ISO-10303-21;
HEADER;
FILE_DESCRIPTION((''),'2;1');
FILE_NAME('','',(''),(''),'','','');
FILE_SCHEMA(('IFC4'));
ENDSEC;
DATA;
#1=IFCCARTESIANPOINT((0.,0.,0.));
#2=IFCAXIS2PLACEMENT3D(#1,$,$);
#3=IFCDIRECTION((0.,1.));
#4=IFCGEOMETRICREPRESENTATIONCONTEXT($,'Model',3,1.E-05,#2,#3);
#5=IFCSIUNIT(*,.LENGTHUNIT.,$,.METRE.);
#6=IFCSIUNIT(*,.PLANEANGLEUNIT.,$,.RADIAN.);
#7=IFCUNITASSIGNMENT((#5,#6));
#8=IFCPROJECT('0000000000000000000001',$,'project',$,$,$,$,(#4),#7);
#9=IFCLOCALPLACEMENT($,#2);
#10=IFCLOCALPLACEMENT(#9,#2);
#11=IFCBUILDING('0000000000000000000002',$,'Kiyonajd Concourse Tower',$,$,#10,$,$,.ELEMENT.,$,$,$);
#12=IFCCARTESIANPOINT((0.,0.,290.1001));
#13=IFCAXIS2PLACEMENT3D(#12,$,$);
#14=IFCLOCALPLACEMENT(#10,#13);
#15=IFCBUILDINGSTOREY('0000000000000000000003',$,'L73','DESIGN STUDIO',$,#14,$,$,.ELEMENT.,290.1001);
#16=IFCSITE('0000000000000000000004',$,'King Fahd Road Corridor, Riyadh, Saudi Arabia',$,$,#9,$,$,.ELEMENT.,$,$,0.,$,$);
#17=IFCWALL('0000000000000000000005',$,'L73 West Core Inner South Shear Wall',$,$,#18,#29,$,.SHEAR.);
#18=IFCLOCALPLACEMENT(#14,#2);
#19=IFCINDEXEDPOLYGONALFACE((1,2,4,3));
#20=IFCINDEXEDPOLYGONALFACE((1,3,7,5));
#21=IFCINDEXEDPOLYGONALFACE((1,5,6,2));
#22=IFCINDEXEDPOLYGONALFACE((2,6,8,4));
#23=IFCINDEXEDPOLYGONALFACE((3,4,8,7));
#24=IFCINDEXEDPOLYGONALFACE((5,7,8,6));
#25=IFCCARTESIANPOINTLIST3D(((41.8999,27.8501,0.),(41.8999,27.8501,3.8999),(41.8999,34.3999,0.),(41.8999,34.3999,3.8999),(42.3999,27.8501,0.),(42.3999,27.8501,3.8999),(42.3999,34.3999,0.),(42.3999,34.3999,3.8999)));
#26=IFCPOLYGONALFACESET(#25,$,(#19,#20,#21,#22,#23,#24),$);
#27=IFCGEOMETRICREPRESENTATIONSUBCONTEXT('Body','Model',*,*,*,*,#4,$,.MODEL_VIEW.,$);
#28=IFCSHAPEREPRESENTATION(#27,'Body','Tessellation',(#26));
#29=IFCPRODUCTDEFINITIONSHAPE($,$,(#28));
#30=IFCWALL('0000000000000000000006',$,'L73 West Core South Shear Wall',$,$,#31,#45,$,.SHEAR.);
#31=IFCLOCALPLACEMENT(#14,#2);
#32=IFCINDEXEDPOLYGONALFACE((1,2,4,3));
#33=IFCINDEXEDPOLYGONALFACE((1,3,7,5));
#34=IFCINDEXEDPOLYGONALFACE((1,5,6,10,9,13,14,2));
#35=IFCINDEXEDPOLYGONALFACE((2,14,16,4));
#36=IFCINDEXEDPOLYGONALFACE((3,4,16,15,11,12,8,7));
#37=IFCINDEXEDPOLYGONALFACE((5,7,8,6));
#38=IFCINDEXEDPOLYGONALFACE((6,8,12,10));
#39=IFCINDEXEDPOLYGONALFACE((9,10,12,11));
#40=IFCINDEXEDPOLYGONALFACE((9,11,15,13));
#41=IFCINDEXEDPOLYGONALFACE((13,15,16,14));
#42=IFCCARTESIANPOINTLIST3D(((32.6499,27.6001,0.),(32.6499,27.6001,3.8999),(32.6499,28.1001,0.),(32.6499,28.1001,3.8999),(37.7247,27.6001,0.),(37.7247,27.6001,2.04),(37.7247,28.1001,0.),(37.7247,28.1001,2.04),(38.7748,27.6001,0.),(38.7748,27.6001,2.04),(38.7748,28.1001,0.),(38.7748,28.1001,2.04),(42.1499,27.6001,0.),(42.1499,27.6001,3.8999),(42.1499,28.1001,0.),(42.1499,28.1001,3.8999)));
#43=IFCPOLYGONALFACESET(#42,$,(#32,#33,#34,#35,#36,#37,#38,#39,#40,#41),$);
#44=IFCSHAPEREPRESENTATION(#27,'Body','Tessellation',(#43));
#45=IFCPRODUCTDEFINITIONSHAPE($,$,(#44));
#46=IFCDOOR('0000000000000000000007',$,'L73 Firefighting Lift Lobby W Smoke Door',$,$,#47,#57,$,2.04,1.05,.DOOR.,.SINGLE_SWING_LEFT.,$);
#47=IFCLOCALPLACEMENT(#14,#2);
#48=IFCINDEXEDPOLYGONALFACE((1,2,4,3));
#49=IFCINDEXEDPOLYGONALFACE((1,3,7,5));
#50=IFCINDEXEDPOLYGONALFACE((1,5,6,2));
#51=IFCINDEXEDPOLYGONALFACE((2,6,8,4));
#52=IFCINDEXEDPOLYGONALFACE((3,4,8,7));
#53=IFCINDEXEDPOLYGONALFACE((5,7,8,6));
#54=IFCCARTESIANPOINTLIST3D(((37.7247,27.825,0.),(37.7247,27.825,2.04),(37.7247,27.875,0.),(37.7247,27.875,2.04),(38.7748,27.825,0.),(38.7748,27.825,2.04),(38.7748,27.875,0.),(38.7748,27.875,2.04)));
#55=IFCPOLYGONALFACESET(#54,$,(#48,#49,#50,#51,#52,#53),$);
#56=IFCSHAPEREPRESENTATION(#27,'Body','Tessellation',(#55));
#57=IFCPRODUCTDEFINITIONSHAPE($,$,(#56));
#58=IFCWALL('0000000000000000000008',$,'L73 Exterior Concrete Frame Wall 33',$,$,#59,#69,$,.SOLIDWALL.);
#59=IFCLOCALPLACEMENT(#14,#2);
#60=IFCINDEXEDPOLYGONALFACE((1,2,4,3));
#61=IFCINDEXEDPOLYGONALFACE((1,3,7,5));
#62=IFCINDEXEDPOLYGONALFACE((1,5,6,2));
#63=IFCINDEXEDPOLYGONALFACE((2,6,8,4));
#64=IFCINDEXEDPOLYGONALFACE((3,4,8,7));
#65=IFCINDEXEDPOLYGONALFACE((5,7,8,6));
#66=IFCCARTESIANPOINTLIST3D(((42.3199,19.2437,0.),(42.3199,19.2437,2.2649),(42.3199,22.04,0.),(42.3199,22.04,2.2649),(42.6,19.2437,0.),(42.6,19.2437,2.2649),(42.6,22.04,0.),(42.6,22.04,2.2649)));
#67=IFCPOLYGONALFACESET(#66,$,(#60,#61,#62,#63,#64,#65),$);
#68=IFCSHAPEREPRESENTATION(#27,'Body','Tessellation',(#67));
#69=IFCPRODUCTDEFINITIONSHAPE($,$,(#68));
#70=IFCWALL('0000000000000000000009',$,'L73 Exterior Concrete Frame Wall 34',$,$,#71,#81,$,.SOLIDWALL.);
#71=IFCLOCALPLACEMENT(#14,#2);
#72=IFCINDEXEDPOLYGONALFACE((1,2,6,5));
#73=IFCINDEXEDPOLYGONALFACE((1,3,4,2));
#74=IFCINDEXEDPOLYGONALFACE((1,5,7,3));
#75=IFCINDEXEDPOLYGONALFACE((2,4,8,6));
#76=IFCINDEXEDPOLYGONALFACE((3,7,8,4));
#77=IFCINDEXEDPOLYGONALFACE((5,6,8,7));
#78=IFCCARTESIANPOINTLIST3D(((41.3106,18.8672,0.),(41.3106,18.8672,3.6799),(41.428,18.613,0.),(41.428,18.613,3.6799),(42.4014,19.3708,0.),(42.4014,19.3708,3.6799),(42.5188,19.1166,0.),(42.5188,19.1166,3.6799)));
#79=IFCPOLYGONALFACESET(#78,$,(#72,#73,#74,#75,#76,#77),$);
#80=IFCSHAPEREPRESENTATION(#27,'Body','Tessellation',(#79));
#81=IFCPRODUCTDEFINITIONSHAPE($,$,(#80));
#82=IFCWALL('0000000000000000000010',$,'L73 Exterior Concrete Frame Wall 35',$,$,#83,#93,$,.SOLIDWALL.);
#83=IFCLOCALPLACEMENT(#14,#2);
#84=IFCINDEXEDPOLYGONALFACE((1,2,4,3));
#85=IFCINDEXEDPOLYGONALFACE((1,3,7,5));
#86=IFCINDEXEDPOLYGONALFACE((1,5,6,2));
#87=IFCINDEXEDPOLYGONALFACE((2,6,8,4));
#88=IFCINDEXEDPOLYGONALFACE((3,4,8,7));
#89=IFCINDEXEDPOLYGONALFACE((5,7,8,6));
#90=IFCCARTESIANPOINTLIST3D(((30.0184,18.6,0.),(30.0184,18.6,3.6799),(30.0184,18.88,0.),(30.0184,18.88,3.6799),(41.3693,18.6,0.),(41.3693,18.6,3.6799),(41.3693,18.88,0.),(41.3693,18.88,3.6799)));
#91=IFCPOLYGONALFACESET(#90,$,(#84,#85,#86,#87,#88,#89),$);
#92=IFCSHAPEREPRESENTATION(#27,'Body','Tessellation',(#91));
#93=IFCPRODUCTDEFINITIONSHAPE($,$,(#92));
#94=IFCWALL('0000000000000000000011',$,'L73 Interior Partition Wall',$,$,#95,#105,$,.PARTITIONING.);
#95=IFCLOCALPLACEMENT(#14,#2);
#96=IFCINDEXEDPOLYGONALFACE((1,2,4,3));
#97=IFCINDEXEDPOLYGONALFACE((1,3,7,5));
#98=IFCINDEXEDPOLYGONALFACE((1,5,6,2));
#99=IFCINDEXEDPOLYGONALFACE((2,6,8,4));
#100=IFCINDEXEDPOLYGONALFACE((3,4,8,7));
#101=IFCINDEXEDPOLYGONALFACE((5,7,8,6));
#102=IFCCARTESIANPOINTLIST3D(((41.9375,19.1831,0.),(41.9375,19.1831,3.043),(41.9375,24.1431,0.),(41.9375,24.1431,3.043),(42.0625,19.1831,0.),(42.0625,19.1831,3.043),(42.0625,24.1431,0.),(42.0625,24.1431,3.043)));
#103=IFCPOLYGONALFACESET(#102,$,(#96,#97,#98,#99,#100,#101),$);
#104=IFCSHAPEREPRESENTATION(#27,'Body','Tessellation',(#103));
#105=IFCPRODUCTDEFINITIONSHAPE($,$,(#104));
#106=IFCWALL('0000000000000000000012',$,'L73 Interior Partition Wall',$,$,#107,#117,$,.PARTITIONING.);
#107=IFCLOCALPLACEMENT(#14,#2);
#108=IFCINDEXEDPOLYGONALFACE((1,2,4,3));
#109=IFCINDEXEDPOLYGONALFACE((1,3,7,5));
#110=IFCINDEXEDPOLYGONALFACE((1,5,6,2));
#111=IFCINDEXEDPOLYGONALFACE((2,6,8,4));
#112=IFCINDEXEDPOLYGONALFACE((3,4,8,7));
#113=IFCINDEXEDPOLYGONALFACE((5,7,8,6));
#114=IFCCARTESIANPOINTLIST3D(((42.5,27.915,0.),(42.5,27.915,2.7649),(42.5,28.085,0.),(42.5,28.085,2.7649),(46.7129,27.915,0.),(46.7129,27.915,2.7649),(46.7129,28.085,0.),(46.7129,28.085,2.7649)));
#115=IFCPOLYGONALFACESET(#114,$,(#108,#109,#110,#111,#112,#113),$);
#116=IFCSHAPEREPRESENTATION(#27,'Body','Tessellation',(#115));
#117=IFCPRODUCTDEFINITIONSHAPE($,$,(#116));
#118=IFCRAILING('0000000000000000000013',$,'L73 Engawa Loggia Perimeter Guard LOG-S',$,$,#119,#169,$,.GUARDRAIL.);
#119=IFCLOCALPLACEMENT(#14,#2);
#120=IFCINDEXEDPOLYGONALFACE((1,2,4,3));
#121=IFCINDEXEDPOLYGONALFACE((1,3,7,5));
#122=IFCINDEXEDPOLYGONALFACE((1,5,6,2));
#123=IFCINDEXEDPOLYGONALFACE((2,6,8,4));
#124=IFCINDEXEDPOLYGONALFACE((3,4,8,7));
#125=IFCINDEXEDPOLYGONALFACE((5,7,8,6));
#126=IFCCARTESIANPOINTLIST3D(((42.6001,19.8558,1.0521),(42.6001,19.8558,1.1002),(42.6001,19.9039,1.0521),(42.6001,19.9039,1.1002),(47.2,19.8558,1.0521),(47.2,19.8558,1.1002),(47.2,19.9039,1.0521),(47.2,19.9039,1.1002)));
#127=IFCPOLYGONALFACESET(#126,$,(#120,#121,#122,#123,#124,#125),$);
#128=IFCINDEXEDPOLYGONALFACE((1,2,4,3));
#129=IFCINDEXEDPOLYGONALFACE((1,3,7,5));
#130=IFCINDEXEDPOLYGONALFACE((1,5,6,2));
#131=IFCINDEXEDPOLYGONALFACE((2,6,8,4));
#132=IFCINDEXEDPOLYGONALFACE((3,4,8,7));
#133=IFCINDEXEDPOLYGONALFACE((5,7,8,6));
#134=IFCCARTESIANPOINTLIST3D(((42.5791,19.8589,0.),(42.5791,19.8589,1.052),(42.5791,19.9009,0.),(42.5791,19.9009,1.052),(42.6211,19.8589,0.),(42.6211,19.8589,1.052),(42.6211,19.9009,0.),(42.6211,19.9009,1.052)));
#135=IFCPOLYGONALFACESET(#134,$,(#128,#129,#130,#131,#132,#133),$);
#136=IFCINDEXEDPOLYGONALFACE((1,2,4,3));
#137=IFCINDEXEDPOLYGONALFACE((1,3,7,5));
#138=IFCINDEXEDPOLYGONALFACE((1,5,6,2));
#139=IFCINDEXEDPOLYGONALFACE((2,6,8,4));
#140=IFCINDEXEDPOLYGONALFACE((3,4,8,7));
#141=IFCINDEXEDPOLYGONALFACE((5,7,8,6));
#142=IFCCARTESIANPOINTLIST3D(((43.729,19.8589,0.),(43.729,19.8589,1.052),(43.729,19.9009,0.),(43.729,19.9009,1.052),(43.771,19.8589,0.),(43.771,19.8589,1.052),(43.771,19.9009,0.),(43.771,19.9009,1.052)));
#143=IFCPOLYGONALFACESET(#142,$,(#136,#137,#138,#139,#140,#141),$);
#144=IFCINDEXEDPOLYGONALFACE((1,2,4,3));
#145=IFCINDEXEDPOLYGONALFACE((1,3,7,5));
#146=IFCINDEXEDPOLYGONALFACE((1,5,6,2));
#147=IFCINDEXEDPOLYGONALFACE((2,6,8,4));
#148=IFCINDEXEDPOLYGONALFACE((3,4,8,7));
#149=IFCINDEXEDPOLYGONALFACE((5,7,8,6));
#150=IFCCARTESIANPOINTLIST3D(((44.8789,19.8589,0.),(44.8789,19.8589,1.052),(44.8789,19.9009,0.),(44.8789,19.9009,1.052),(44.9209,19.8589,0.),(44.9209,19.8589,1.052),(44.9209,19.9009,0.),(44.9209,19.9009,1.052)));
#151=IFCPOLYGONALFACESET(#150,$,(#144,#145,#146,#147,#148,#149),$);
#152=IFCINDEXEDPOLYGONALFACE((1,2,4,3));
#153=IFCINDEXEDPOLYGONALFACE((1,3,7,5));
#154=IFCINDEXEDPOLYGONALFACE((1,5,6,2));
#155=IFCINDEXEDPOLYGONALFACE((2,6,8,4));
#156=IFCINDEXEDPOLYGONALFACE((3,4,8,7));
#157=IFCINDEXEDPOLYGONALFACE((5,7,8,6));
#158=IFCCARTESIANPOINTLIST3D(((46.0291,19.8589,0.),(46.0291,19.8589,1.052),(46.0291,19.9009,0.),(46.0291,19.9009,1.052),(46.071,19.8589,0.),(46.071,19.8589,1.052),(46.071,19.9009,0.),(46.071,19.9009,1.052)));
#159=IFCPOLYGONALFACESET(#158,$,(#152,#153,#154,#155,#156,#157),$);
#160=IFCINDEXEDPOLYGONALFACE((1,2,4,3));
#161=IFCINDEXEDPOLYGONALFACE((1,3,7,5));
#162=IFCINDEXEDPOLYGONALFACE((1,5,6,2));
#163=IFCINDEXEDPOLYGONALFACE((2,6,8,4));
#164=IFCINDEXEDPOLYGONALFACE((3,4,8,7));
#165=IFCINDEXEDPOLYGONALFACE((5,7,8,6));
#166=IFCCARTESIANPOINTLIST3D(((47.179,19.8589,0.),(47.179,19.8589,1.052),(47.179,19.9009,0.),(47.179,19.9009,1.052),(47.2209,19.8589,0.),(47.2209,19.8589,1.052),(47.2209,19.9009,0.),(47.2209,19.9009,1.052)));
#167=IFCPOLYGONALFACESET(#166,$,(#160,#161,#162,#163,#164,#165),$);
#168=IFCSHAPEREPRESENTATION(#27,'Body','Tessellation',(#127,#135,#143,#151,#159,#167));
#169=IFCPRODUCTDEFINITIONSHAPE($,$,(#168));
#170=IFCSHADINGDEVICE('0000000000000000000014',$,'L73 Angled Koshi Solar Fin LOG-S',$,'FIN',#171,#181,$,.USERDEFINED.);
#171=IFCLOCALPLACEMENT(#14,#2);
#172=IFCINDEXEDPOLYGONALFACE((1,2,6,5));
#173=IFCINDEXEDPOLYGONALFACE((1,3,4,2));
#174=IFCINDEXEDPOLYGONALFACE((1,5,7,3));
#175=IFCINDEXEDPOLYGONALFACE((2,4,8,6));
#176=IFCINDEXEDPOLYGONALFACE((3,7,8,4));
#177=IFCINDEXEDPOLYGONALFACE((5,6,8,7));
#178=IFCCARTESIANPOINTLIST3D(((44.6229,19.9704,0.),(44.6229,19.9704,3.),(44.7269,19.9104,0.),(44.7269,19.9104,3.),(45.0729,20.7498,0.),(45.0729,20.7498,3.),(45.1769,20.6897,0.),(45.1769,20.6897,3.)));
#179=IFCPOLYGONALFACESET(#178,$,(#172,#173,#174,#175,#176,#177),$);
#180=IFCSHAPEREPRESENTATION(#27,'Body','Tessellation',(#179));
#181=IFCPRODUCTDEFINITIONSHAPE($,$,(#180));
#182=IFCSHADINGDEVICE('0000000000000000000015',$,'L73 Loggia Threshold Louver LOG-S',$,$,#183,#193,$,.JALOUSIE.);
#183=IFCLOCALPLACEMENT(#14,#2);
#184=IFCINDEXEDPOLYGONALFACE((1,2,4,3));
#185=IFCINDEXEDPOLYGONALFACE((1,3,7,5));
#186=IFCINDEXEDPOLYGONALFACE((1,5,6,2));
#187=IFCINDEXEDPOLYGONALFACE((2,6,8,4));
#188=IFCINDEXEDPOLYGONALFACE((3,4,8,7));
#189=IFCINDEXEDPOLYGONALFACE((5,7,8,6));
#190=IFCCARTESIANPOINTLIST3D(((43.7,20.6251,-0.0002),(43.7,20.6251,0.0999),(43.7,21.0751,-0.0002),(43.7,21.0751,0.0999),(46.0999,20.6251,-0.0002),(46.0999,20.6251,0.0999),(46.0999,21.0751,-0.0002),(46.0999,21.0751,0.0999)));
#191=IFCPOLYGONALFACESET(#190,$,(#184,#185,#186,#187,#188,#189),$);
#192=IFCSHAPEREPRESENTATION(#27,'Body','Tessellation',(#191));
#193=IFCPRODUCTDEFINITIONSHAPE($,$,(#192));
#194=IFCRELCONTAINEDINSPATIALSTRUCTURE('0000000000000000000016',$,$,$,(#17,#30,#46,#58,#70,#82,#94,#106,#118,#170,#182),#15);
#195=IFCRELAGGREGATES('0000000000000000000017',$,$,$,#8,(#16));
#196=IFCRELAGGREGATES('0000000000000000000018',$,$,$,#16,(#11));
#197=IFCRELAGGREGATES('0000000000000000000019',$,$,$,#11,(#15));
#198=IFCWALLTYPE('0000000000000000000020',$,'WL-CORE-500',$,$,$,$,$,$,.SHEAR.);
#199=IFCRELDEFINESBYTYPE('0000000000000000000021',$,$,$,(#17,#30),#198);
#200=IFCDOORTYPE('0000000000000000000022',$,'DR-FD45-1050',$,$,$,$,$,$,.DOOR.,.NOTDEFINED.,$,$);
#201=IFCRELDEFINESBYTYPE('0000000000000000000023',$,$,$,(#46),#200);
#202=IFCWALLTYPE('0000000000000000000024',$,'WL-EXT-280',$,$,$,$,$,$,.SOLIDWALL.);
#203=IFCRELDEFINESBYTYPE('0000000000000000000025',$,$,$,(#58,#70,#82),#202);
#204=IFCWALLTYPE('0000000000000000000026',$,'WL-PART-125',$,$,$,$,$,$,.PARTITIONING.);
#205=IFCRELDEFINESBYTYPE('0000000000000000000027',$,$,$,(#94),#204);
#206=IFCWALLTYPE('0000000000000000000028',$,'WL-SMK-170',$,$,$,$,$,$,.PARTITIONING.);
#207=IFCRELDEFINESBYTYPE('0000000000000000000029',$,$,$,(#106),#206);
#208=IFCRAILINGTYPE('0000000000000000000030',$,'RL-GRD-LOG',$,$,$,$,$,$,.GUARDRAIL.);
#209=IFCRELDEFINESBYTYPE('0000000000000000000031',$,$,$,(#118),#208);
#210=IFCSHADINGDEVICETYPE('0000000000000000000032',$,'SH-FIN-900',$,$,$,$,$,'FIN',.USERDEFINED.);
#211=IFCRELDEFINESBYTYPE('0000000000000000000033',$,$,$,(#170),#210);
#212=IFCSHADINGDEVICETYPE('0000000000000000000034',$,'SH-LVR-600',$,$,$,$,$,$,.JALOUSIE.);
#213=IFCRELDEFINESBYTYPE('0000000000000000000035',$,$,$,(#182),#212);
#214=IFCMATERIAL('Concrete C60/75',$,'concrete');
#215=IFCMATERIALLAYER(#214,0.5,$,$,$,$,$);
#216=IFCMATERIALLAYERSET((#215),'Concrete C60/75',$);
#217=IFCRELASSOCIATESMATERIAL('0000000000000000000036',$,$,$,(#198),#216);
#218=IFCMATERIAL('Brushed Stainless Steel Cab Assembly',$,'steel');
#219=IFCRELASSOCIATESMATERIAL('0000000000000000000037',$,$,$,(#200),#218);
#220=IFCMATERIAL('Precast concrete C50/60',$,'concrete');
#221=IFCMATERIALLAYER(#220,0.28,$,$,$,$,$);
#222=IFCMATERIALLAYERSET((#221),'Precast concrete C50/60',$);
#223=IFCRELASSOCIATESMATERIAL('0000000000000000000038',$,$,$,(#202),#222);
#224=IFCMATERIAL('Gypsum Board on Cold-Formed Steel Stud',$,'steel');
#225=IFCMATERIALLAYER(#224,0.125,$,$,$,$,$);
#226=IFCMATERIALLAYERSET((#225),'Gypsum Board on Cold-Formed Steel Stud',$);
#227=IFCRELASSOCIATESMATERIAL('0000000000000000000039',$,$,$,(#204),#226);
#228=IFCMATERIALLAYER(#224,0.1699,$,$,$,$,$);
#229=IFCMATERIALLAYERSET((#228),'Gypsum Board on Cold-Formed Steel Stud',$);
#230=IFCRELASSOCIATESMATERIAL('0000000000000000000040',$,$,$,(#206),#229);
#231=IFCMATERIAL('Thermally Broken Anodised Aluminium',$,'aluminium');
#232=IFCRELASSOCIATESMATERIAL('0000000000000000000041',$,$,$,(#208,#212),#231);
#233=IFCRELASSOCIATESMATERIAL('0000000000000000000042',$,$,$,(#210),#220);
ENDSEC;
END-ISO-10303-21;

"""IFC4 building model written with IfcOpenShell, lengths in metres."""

from ifc_helpers import new_model, si_unit, direction, frame, frame_2d, origin, origin_2d, place, context, subcontext, project, spatial, rectangle, extrude, material, layer, layer_set, type_object, element, fill, save


model = new_model("IFC4")

# Units and contexts
model_context = context("Model", 3, precision=1e-05, world=origin(), true_north=direction((0.0, 1.0)))
body_context = subcontext(model_context, "Body", "Model", "MODEL_VIEW")
ifc_project = project(units=[si_unit("LENGTHUNIT", "METRE"), si_unit("PLANEANGLEUNIT", "RADIAN")], contexts=[model_context])

# Site, building, storey
site_placement = place(None, origin())
site = spatial("IfcSite", under=ifc_project, at=site_placement, Name="King Fahd Road Corridor, Riyadh, Saudi Arabia", CompositionType="ELEMENT", RefElevation=0.0)
building_placement = place(site_placement, origin())
building = spatial("IfcBuilding", under=site, at=building_placement, Name="Kiyonajd Concourse Tower", CompositionType="ELEMENT")
storey_placement = place(building_placement, frame((0.0, 0.0, 290.1001)))
storey = spatial("IfcBuildingStorey", under=building, at=storey_placement, Name="L73", Description="DESIGN STUDIO", CompositionType="ELEMENT", Elevation=290.1001)

# Shared definitions
ifc_material_1 = material(Name="Concrete C60/75", Category="concrete")

# Shared definitions
ifc_material_2 = material(Name="Thermally Broken Anodised Aluminium", Category="aluminium")

# Wall
ifc_layer_1 = layer(ifc_material_1, 0.5)
ifc_layer_set_1 = layer_set([ifc_layer_1], Name="Concrete C60/75")
wall_type_1 = type_object("IfcWallType", Name="WL-CORE-500", PredefinedType="SHEAR", material=ifc_layer_set_1)
wall_1_placement = place(storey_placement, frame((42.1499, 27.8501, 0.0), z_axis=(0.0, 0.0, 1.0), x_axis=(0.0, 1.0, 0.0)))
element("IfcWall", 1, at=wall_1_placement, inside=storey, type_object=wall_type_1, Name="L73 West Core Inner South Shear Wall", PredefinedType="SHEAR", context=body_context, shape_type="SweptSolid", body=[
    extrude(rectangle(XDim=6.5498, YDim=0.5, at=frame_2d((3.2749, 0.0))), origin(), (0.0, 0.0, 1.0), 3.8999),
])

# Wall, opening, door
wall_2_placement = place(storey_placement, frame((32.6499, 27.8501, 0.0), z_axis=(0.0, 0.0, 1.0), x_axis=(1.0, 0.0, 0.0)))
wall_2 = element("IfcWall", 2, at=wall_2_placement, inside=storey, type_object=wall_type_1, Name="L73 West Core South Shear Wall", PredefinedType="SHEAR", context=body_context, shape_type="SweptSolid", body=[
    extrude(rectangle(XDim=9.5, YDim=0.5, at=frame_2d((4.75, 0.0))), origin(), (0.0, 0.0, 1.0), 3.8999),
])
opening_placement = place(wall_2_placement, frame((5.075, 0.0, 0.0)))
opening = element("IfcOpeningElement", 3, at=opening_placement, cuts=wall_2, PredefinedType="OPENING", context=body_context, shape_type="SweptSolid", body=[
    extrude(rectangle(XDim=1.05, YDim=2.04, at=frame_2d((0.5249, 1.02))), frame((0.0, 0.26, 0.0), z_axis=(0.0, -1.0, 0.0), x_axis=(1.0, 0.0, 0.0)), (0.0, 0.0, 1.0), 0.52),
])
ifc_material_3 = material(Name="Brushed Stainless Steel Cab Assembly", Category="steel")
door_type = type_object("IfcDoorType", Name="DR-FD45-1050", OperationType="NOTDEFINED", PredefinedType="DOOR", material=ifc_material_3)
door_placement = place(opening_placement, origin())
door = element("IfcDoor", 4, at=door_placement, inside=storey, type_object=door_type, Name="L73 Firefighting Lift Lobby W Smoke Door", OperationType="SINGLE_SWING_LEFT", OverallHeight=2.04, OverallWidth=1.05, PredefinedType="DOOR", context=body_context, shape_type="SweptSolid", body=[
    extrude(rectangle(XDim=1.05, YDim=2.04, at=frame_2d((0.5249, 1.02))), frame((0.0, 0.0249, 0.0), z_axis=(0.0, -1.0, 0.0), x_axis=(1.0, 0.0, 0.0)), (0.0, 0.0, 1.0), 0.05),
])
fill(opening, door)

# Walls
ifc_material_4 = material(Name="Precast concrete C50/60", Category="concrete")
ifc_layer_2 = layer(ifc_material_4, 0.28)
ifc_layer_set_2 = layer_set([ifc_layer_2], Name="Precast concrete C50/60")
wall_type_2 = type_object("IfcWallType", Name="WL-EXT-280", PredefinedType="SOLIDWALL", material=ifc_layer_set_2)
wall_3_placement = place(storey_placement, frame((42.46, 22.04, 0.0), z_axis=(0.0, 0.0, 1.0), x_axis=(0.0, -1.0, 0.0)))
element("IfcWall", 5, at=wall_3_placement, inside=storey, type_object=wall_type_2, Name="L73 Exterior Concrete Frame Wall 33", PredefinedType="SOLIDWALL", context=body_context, shape_type="SweptSolid", body=[
    extrude(rectangle(XDim=2.7964, YDim=0.28, at=frame_2d((1.3982, 0.0))), origin(), (0.0, 0.0, 1.0), 2.2649),
])
wall_4_placement = place(storey_placement, frame((42.46, 19.2437, 0.0), z_axis=(0.0, 0.0, 1.0), x_axis=(-0.907894, -0.4192, 0.0)))
element("IfcWall", 6, at=wall_4_placement, inside=storey, type_object=wall_type_2, Name="L73 Exterior Concrete Frame Wall 34", PredefinedType="SOLIDWALL", context=body_context, shape_type="SweptSolid", body=[
    extrude(rectangle(XDim=1.2014, YDim=0.28, at=frame_2d((0.6006, 0.0))), origin(), (0.0, 0.0, 1.0), 3.6799),
])
wall_5_placement = place(storey_placement, frame((41.3691, 18.74, 0.0), z_axis=(0.0, 0.0, 1.0), x_axis=(-1.0, 0.0, 0.0)))
element("IfcWall", 7, at=wall_5_placement, inside=storey, type_object=wall_type_2, Name="L73 Exterior Concrete Frame Wall 35", PredefinedType="SOLIDWALL", context=body_context, shape_type="SweptSolid", body=[
    extrude(rectangle(XDim=11.3508, YDim=0.28, at=frame_2d((5.6753, 0.0))), origin(), (0.0, 0.0, 1.0), 3.6799),
])
ifc_material_5 = material(Name="Gypsum Board on Cold-Formed Steel Stud", Category="steel")
ifc_layer_3 = layer(ifc_material_5, 0.125)
ifc_layer_set_3 = layer_set([ifc_layer_3], Name="Gypsum Board on Cold-Formed Steel Stud")
wall_type_3 = type_object("IfcWallType", Name="WL-PART-125", PredefinedType="PARTITIONING", material=ifc_layer_set_3)
wall_6_placement = place(storey_placement, frame((42.0, 19.1831, 0.0), z_axis=(0.0, 0.0, 1.0), x_axis=(0.0, 1.0, 0.0)))
element("IfcWall", 8, at=wall_6_placement, inside=storey, type_object=wall_type_3, Name="L73 Interior Partition Wall", PredefinedType="PARTITIONING", context=body_context, shape_type="SweptSolid", body=[
    extrude(rectangle(XDim=4.96, YDim=0.125, at=frame_2d((2.48, 0.0))), origin(), (0.0, 0.0, 1.0), 3.043),
])
ifc_layer_4 = layer(ifc_material_5, 0.1699)
ifc_layer_set_4 = layer_set([ifc_layer_4], Name="Gypsum Board on Cold-Formed Steel Stud")
wall_type_4 = type_object("IfcWallType", Name="WL-SMK-170", PredefinedType="PARTITIONING", material=ifc_layer_set_4)
wall_7_placement = place(storey_placement, frame((42.5, 28.0, 0.0), z_axis=(0.0, 0.0, 1.0), x_axis=(1.0, 0.0, 0.0)))
element("IfcWall", 9, at=wall_7_placement, inside=storey, type_object=wall_type_4, Name="L73 Interior Partition Wall", PredefinedType="PARTITIONING", context=body_context, shape_type="SweptSolid", body=[
    extrude(rectangle(XDim=4.2129, YDim=0.1699, at=frame_2d((2.1064, 0.0))), origin(), (0.0, 0.0, 1.0), 2.7649),
])

# Railing
railing_type = type_object("IfcRailingType", Name="RL-GRD-LOG", PredefinedType="GUARDRAIL", material=ifc_material_2)
railing_placement = place(storey_placement, frame((42.6001, 19.8799, 0.0)))
element("IfcRailing", 10, at=railing_placement, inside=storey, type_object=railing_type, Name="L73 Engawa Loggia Perimeter Guard LOG-S", PredefinedType="GUARDRAIL", context=body_context, shape_type="SweptSolid", body=[
    extrude(rectangle(XDim=0.0481, YDim=0.0481, at=origin_2d()), frame((0.0, 0.0, 1.0762), z_axis=(1.0, 0.0, 0.0), x_axis=(0.0, 1.0, 0.0)), (0.0, 0.0, 1.0), 4.5999),
    extrude(rectangle(XDim=0.042, YDim=0.042, at=origin_2d()), origin(), (0.0, 0.0, 1.0), 1.052),
    extrude(rectangle(XDim=0.042, YDim=0.042, at=origin_2d()), frame((1.1499, 0.0, 0.0)), (0.0, 0.0, 1.0), 1.052),
    extrude(rectangle(XDim=0.042, YDim=0.042, at=origin_2d()), frame((2.2998, 0.0, 0.0)), (0.0, 0.0, 1.0), 1.052),
    extrude(rectangle(XDim=0.042, YDim=0.042, at=origin_2d()), frame((3.45, 0.0, 0.0)), (0.0, 0.0, 1.0), 1.052),
    extrude(rectangle(XDim=0.042, YDim=0.042, at=origin_2d()), frame((4.5999, 0.0, 0.0)), (0.0, 0.0, 1.0), 1.052),
])

# Shading devices
shading_device_type_1 = type_object("IfcShadingDeviceType", Name="SH-FIN-900", ElementType="FIN", PredefinedType="USERDEFINED", material=ifc_material_4)
shading_device_1_placement = place(storey_placement, frame((44.8999, 20.3301, 0.0), z_axis=(0.0, 0.0, 1.0), x_axis=(0.5, 0.866025, 0.0)))
element("IfcShadingDevice", 11, at=shading_device_1_placement, inside=storey, type_object=shading_device_type_1, Name="L73 Angled Koshi Solar Fin LOG-S", ObjectType="FIN", PredefinedType="USERDEFINED", context=body_context, shape_type="SweptSolid", body=[
    extrude(rectangle(XDim=0.8999, YDim=0.1201, at=origin_2d()), origin(), (0.0, 0.0, 1.0), 3.0),
])
shading_device_type_2 = type_object("IfcShadingDeviceType", Name="SH-LVR-600", PredefinedType="JALOUSIE", material=ifc_material_2)
shading_device_2_placement = place(storey_placement, frame((44.8999, 20.8501, -0.0002), z_axis=(0.0, 0.0, 1.0), x_axis=(1.0, 0.0, 0.0)))
element("IfcShadingDevice", 12, at=shading_device_2_placement, inside=storey, type_object=shading_device_type_2, Name="L73 Loggia Threshold Louver LOG-S", PredefinedType="JALOUSIE", context=body_context, shape_type="SweptSolid", body=[
    extrude(rectangle(XDim=2.3999, YDim=0.45, at=origin_2d()), origin(), (0.0, 0.0, 1.0), 0.1001),
])

save(model, "model.ifc")
